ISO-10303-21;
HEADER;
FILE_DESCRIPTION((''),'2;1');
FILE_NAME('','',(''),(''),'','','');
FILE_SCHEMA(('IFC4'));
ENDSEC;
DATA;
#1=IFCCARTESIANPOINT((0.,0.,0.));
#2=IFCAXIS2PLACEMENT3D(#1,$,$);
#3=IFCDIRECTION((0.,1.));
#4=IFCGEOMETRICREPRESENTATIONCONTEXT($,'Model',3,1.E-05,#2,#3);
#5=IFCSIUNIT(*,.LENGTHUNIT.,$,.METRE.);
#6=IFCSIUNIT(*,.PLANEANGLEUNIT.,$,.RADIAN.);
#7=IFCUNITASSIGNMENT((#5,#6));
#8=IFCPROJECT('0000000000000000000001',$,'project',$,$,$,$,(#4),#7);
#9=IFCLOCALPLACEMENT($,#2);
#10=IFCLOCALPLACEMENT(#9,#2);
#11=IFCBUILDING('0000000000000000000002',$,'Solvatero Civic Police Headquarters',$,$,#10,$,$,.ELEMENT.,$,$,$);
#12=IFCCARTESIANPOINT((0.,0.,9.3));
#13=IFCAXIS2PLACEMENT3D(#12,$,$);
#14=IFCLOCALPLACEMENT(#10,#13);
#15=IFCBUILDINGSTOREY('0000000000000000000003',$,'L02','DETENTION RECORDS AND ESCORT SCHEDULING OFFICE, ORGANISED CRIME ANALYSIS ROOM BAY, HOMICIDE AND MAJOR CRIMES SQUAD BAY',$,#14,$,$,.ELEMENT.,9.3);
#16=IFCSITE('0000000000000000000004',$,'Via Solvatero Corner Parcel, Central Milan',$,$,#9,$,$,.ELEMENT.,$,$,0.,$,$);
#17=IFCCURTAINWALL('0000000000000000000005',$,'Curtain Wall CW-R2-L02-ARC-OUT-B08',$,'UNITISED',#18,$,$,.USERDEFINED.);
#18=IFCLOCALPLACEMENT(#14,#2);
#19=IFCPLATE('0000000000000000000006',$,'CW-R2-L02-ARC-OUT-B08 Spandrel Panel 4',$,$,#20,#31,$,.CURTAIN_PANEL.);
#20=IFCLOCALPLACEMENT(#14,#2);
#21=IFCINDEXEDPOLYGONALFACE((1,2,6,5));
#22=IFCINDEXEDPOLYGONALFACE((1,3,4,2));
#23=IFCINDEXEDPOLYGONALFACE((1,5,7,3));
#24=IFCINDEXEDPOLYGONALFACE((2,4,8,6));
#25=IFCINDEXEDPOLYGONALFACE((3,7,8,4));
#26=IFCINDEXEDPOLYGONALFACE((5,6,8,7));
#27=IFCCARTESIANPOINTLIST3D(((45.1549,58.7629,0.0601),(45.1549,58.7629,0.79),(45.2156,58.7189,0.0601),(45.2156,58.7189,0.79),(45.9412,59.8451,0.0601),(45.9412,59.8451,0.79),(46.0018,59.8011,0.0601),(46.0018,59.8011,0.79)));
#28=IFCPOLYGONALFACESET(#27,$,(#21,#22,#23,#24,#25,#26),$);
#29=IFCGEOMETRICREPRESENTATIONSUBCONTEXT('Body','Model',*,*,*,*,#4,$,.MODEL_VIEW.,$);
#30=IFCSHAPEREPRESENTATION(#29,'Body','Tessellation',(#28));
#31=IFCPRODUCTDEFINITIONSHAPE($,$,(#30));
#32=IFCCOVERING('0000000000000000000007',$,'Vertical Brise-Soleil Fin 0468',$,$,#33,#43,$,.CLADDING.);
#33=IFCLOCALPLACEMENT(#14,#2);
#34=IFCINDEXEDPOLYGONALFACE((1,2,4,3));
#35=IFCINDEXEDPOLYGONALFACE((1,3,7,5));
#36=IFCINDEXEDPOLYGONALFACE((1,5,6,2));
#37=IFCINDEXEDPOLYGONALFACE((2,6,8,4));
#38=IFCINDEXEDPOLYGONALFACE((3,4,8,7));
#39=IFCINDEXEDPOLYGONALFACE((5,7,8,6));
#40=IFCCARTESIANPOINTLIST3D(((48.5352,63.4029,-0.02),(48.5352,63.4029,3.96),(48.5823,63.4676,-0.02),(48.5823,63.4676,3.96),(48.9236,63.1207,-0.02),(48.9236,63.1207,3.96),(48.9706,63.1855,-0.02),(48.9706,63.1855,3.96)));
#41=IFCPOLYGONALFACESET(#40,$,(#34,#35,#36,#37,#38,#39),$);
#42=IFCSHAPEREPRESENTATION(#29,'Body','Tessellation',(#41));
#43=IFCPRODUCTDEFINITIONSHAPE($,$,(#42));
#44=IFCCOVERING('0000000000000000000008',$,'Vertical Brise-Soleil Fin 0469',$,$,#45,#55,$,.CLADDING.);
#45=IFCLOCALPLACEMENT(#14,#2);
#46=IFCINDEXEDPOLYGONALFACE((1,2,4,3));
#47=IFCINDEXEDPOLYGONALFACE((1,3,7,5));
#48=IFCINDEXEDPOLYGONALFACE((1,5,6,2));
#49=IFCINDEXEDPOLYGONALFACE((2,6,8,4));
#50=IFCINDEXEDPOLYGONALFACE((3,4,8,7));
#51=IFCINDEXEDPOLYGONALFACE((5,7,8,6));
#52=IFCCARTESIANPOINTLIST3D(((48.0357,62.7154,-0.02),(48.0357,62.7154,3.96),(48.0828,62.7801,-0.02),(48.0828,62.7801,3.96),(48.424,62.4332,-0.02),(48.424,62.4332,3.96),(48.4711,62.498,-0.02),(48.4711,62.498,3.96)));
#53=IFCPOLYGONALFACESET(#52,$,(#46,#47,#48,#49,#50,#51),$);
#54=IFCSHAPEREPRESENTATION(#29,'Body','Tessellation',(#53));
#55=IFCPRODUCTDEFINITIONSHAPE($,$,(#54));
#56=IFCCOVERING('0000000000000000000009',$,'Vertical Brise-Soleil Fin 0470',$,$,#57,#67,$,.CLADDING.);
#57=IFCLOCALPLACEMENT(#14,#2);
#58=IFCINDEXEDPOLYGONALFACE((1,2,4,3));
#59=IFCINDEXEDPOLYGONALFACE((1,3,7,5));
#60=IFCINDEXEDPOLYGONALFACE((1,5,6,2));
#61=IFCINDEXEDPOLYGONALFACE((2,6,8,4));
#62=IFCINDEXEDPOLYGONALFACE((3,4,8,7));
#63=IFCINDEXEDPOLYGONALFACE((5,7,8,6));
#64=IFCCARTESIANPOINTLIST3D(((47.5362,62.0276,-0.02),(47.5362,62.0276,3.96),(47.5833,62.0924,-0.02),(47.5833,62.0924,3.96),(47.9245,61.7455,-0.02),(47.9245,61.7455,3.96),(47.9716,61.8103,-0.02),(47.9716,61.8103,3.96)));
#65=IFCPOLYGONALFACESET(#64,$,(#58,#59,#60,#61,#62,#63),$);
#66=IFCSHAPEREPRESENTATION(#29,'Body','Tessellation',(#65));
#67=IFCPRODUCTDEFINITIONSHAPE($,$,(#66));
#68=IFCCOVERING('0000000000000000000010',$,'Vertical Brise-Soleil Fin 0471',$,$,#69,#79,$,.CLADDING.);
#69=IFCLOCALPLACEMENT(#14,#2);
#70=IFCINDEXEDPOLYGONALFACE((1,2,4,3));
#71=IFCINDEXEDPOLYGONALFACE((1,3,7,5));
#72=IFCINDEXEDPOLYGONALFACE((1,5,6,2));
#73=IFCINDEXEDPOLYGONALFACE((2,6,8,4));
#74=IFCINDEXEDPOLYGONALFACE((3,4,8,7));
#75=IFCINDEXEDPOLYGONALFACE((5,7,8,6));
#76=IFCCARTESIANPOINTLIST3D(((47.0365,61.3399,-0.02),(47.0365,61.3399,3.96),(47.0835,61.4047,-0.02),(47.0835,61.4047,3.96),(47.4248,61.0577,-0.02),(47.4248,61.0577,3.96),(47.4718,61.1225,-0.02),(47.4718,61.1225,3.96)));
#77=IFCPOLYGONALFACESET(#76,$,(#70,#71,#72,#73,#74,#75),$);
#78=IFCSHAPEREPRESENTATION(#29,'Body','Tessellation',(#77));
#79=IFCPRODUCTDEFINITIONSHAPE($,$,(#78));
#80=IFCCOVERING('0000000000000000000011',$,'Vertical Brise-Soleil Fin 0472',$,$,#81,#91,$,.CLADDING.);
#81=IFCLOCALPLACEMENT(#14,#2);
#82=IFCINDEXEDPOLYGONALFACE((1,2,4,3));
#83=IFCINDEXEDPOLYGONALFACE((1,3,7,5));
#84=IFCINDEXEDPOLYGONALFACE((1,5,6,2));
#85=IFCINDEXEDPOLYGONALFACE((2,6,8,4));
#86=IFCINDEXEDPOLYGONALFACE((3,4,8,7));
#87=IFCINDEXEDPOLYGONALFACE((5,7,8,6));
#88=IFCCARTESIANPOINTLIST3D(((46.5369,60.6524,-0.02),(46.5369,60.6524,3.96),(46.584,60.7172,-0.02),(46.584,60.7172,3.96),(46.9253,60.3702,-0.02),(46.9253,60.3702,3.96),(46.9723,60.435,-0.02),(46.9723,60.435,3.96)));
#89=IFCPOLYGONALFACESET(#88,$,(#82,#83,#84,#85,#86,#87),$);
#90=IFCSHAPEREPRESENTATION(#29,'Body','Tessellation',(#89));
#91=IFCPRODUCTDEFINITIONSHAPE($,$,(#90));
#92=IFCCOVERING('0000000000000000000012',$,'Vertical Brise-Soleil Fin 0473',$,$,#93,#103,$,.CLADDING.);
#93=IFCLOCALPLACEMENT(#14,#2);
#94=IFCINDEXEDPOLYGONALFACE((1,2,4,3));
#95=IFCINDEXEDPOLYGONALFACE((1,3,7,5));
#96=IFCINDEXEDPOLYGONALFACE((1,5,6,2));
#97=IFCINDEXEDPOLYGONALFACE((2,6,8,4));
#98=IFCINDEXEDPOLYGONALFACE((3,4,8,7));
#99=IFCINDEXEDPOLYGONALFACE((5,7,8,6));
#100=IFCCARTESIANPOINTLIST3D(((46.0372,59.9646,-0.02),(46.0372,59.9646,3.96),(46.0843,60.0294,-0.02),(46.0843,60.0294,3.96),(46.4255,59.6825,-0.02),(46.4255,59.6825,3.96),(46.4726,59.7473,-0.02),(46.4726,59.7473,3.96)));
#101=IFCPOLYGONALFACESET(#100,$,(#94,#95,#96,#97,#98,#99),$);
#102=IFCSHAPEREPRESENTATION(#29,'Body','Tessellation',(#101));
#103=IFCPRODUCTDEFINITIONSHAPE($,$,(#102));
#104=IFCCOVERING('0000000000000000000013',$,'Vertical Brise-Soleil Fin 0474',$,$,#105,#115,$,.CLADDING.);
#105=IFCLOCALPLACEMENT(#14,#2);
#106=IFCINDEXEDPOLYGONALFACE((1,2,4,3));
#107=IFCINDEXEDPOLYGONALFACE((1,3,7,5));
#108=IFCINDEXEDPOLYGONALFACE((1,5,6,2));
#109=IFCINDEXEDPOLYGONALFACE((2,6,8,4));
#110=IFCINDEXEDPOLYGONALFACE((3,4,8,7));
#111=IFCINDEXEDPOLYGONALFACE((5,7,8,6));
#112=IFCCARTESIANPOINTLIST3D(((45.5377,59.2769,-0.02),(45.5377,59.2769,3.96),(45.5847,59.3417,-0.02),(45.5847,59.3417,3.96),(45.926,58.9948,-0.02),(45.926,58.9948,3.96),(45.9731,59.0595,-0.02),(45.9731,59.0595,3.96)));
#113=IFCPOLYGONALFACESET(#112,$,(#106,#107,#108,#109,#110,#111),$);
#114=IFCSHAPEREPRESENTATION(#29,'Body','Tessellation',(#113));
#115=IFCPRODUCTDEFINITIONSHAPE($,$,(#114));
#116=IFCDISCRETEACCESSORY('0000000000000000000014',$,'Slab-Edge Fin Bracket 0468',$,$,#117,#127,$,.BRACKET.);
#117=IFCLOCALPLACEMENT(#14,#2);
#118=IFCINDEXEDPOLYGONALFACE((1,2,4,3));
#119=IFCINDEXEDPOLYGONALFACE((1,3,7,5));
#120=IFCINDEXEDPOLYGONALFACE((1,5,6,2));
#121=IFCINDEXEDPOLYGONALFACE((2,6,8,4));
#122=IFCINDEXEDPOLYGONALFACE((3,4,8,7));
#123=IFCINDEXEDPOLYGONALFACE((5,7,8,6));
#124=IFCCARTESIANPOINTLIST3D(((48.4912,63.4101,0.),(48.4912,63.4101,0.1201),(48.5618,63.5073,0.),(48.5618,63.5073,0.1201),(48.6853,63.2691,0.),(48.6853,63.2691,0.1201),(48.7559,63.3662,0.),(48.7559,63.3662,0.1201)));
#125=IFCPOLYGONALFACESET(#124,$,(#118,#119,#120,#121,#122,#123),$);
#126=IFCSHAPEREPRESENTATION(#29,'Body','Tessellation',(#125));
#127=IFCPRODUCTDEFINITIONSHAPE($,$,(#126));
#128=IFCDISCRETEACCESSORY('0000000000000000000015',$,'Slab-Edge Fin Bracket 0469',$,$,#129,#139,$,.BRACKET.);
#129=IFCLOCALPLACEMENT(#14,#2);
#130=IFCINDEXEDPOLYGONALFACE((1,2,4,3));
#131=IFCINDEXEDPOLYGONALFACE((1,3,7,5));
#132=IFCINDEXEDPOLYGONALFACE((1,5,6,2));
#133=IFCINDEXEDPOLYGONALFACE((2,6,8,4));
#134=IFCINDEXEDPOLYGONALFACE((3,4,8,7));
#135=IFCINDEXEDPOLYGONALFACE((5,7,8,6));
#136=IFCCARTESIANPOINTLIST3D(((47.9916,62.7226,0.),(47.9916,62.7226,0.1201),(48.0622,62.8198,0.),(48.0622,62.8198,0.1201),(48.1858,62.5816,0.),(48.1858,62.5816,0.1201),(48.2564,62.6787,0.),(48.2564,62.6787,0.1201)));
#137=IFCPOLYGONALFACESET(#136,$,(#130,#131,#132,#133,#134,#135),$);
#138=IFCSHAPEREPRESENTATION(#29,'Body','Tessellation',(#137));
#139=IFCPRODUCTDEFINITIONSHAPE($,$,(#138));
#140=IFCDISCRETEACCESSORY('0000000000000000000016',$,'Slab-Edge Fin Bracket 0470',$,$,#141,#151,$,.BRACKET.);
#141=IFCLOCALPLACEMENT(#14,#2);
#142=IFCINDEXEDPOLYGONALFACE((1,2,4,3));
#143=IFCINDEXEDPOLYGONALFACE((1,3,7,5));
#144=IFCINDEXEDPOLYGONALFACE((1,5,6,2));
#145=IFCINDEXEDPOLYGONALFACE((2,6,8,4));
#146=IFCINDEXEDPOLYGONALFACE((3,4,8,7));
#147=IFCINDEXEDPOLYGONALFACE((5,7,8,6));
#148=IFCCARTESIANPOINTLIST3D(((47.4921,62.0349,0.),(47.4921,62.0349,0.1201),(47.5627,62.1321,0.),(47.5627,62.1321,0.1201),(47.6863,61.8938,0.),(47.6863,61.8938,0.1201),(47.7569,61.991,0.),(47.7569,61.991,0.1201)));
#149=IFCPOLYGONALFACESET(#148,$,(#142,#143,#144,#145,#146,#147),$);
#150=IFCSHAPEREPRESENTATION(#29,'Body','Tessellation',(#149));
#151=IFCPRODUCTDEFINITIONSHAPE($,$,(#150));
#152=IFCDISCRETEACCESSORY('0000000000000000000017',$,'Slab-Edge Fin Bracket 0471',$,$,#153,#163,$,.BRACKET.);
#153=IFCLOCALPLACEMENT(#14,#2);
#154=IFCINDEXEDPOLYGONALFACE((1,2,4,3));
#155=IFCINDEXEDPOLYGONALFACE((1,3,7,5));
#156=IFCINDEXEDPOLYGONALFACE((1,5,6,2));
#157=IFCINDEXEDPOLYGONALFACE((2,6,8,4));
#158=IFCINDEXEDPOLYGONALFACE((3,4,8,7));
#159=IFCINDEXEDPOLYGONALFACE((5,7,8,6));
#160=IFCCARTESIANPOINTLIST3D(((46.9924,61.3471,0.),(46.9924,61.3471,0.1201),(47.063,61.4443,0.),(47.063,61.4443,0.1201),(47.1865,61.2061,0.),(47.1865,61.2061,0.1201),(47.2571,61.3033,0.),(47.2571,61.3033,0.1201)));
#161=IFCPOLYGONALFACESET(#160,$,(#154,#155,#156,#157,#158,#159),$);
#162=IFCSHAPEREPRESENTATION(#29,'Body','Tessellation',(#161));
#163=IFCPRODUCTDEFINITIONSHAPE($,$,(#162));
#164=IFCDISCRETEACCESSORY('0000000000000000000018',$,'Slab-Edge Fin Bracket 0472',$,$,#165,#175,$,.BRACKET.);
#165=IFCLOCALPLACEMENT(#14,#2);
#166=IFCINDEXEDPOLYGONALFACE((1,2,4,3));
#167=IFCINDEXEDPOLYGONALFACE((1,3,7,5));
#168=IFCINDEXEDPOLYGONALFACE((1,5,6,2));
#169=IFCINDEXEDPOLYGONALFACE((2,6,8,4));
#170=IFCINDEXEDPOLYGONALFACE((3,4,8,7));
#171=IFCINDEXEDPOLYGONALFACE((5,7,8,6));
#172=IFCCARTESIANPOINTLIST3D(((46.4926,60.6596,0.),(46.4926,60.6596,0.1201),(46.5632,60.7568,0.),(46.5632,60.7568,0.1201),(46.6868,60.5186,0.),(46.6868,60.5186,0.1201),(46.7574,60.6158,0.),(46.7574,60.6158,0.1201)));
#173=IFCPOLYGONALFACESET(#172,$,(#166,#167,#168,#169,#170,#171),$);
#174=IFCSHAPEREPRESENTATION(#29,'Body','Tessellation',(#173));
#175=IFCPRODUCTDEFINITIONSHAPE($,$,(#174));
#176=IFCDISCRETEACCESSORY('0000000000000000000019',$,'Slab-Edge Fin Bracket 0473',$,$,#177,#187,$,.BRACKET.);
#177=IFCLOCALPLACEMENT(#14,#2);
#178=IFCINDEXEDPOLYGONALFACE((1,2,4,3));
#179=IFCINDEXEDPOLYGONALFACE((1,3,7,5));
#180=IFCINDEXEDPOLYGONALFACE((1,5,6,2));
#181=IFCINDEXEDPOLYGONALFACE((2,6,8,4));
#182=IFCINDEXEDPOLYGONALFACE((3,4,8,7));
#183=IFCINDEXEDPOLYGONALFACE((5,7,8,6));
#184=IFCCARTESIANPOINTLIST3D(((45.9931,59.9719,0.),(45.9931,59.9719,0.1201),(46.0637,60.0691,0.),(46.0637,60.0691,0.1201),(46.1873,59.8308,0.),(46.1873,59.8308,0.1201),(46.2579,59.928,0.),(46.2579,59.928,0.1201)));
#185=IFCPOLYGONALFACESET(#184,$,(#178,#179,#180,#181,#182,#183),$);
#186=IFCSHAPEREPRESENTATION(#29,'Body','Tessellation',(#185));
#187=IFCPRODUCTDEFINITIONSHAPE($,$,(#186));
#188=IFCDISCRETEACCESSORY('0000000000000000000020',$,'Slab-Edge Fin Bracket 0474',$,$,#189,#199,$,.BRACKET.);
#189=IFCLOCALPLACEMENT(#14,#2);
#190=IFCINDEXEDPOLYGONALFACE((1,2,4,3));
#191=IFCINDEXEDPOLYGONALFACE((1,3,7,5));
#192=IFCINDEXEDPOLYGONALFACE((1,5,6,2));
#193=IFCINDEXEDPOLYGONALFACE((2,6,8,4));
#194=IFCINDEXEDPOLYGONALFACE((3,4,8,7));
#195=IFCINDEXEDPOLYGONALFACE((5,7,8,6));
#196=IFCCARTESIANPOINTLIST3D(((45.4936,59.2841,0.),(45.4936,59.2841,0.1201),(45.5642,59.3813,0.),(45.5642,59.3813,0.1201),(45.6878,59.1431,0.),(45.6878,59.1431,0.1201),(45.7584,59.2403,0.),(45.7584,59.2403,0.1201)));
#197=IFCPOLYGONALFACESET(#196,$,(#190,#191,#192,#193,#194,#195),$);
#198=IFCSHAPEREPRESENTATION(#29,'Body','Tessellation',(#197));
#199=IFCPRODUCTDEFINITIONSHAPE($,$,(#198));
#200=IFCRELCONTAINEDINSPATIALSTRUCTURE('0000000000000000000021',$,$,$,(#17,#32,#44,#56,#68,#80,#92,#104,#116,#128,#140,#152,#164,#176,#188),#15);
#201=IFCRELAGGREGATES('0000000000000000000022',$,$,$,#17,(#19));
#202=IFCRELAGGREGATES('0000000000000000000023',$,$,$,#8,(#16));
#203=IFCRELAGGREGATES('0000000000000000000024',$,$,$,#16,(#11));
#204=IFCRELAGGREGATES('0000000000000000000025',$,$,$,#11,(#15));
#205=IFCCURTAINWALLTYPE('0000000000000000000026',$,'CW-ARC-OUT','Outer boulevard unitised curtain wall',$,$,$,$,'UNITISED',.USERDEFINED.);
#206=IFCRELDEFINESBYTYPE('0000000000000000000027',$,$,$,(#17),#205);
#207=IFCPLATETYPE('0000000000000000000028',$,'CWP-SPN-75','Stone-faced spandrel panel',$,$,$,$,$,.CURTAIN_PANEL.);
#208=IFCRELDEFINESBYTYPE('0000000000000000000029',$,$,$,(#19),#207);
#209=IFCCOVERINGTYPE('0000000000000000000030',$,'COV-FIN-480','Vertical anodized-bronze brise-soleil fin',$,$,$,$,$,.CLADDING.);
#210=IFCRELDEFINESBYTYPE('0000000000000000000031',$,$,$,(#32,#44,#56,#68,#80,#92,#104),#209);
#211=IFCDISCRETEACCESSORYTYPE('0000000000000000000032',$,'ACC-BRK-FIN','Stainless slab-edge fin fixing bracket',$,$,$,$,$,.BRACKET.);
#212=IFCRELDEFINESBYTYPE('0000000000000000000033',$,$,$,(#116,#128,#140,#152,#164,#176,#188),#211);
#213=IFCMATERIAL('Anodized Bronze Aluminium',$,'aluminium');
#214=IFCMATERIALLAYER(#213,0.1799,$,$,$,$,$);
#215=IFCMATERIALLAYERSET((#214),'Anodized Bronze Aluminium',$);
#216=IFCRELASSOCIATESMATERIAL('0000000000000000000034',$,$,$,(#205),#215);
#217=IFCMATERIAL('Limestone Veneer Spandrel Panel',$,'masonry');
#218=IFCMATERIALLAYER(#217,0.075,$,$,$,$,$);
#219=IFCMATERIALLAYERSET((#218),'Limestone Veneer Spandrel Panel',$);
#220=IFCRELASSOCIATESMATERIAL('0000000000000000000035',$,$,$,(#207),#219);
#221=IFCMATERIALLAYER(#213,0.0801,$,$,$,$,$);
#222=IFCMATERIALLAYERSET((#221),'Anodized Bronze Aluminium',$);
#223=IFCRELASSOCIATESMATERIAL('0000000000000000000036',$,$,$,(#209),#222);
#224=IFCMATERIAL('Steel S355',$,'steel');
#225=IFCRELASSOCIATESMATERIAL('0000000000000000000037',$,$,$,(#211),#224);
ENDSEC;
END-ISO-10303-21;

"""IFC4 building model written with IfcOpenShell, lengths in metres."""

from ifc_helpers import new_model, si_unit, direction, frame, origin, origin_2d, place, context, subcontext, project, spatial, rectangle, extrude, material, layer, layer_set, type_object, element, aggregate, save


model = new_model("IFC4")

# Units and contexts
model_context = context("Model", 3, precision=1e-05, world=origin(), true_north=direction((0.0, 1.0)))
body_context = subcontext(model_context, "Body", "Model", "MODEL_VIEW")
ifc_project = project(units=[si_unit("LENGTHUNIT", "METRE"), si_unit("PLANEANGLEUNIT", "RADIAN")], contexts=[model_context])

# Site, building, storey
site_placement = place(None, origin())
site = spatial("IfcSite", under=ifc_project, at=site_placement, Name="Via Solvatero Corner Parcel, Central Milan", CompositionType="ELEMENT", RefElevation=0.0)
building_placement = place(site_placement, origin())
building = spatial("IfcBuilding", under=site, at=building_placement, Name="Solvatero Civic Police Headquarters", CompositionType="ELEMENT")
storey_placement = place(building_placement, frame((0.0, 0.0, 9.3)))
storey = spatial("IfcBuildingStorey", under=building, at=storey_placement, Name="L02", Description="DETENTION RECORDS AND ESCORT SCHEDULING OFFICE, ORGANISED CRIME ANALYSIS ROOM BAY, HOMICIDE AND MAJOR CRIMES SQUAD BAY", CompositionType="ELEMENT", Elevation=9.3)

# Shared definitions
ifc_material_1 = material(Name="Steel S355", Category="steel")

# Curtain wall, plate
ifc_material_2 = material(Name="Anodized Bronze Aluminium", Category="aluminium")
ifc_layer_1 = layer(ifc_material_2, 0.1799)
ifc_layer_set_1 = layer_set([ifc_layer_1], Name="Anodized Bronze Aluminium")
curtain_wall_type = type_object("IfcCurtainWallType", Name="CW-ARC-OUT", Description="Outer boulevard unitised curtain wall", ElementType="UNITISED", PredefinedType="USERDEFINED", material=ifc_layer_set_1)
curtain_wall_placement = place(storey_placement, origin())
curtain_wall = element("IfcCurtainWall", 1, at=curtain_wall_placement, inside=storey, type_object=curtain_wall_type, Name="Curtain Wall CW-R2-L02-ARC-OUT-B08", ObjectType="UNITISED", PredefinedType="USERDEFINED")
ifc_material_3 = material(Name="Limestone Veneer Spandrel Panel", Category="masonry")
ifc_layer_2 = layer(ifc_material_3, 0.075)
ifc_layer_set_2 = layer_set([ifc_layer_2], Name="Limestone Veneer Spandrel Panel")
plate_type_1 = type_object("IfcPlateType", Name="CWP-SPN-75", Description="Stone-faced spandrel panel", PredefinedType="CURTAIN_PANEL", material=ifc_layer_set_2)
plate_1_placement = place(storey_placement, frame((45.5784, 59.282, 0.0601), z_axis=(0.0, 0.0, 1.0), x_axis=(-0.587771, -0.809027, 0.0)))
plate_1 = element("IfcPlate", 2, at=plate_1_placement, type_object=plate_type_1, Name="CW-R2-L02-ARC-OUT-B08 Spandrel Panel 4", PredefinedType="CURTAIN_PANEL", context=body_context, shape_type="SweptSolid", body=[
    extrude(rectangle(XDim=1.3376, YDim=0.075, at=origin_2d()), origin(), (0.0, 0.0, 1.0), 0.73),
])
aggregate(curtain_wall, [plate_1])

# Coverings
ifc_layer_3 = layer(ifc_material_2, 0.0801)
ifc_layer_set_3 = layer_set([ifc_layer_3], Name="Anodized Bronze Aluminium")
covering_type = type_object("IfcCoveringType", Name="COV-FIN-480", Description="Vertical anodized-bronze brise-soleil fin", PredefinedType="CLADDING", material=ifc_layer_set_3)
for number, where, z_axis, x_axis, name in (
    (3, (48.7529, 63.2942, -0.02), (0.0, 0.0, 1.0), (-0.587771, -0.809027, 0.0), "Vertical Brise-Soleil Fin 0468"),
    (4, (48.2534, 62.6067, -0.02), (0.0, 0.0, 1.0), (-0.587771, -0.809027, 0.0), "Vertical Brise-Soleil Fin 0469"),
    (5, (47.7539, 61.9189, -0.02), (0.0, 0.0, 1.0), (-0.587771, -0.809027, 0.0), "Vertical Brise-Soleil Fin 0470"),
    (6, (47.2542, 61.2312, -0.02), (0.0, 0.0, 1.0), (-0.587771, -0.809027, 0.0), "Vertical Brise-Soleil Fin 0471"),
    (7, (46.7546, 60.5437, -0.02), (0.0, 0.0, 1.0), (-0.587771, -0.809027, 0.0), "Vertical Brise-Soleil Fin 0472"),
    (8, (46.2549, 59.856, -0.02), (0.0, 0.0, 1.0), (-0.587771, -0.809027, 0.0), "Vertical Brise-Soleil Fin 0473"),
    (9, (45.7554, 59.1682, -0.02), (0.0, 0.0, 1.0), (-0.587771, -0.809027, 0.0), "Vertical Brise-Soleil Fin 0474"),
):
    element("IfcCovering", number, at=place(storey_placement, frame(where, z_axis=z_axis, x_axis=x_axis)), inside=storey, type_object=covering_type, Name=name, PredefinedType="CLADDING", context=body_context, shape_type="SweptSolid", body=[
        extrude(rectangle(XDim=0.0801, YDim=0.48, at=origin_2d()), origin(), (0.0, 0.0, 1.0), 3.98),
    ])

# Discrete accessories
discrete_accessory_type = type_object("IfcDiscreteAccessoryType", Name="ACC-BRK-FIN", Description="Stainless slab-edge fin fixing bracket", PredefinedType="BRACKET", material=ifc_material_1)
for number, where, z_axis, x_axis, name in (
    (10, (48.6235, 63.3882, 0.0), (0.0, 0.0, 1.0), (-0.587771, -0.809027, 0.0), "Slab-Edge Fin Bracket 0468"),
    (11, (48.124, 62.7007, 0.0), (0.0, 0.0, 1.0), (-0.587771, -0.809027, 0.0), "Slab-Edge Fin Bracket 0469"),
    (12, (47.6245, 62.0129, 0.0), (0.0, 0.0, 1.0), (-0.587771, -0.809027, 0.0), "Slab-Edge Fin Bracket 0470"),
    (13, (47.1248, 61.3252, 0.0), (0.0, 0.0, 1.0), (-0.587771, -0.809027, 0.0), "Slab-Edge Fin Bracket 0471"),
    (14, (46.625, 60.6377, 0.0), (0.0, 0.0, 1.0), (-0.587771, -0.809027, 0.0), "Slab-Edge Fin Bracket 0472"),
    (15, (46.1255, 59.95, 0.0), (0.0, 0.0, 1.0), (-0.587771, -0.809027, 0.0), "Slab-Edge Fin Bracket 0473"),
    (16, (45.626, 59.2622, 0.0), (0.0, 0.0, 1.0), (-0.587771, -0.809027, 0.0), "Slab-Edge Fin Bracket 0474"),
):
    element("IfcDiscreteAccessory", number, at=place(storey_placement, frame(where, z_axis=z_axis, x_axis=x_axis)), inside=storey, type_object=discrete_accessory_type, Name=name, PredefinedType="BRACKET", context=body_context, shape_type="SweptSolid", body=[
        extrude(rectangle(XDim=0.1201, YDim=0.24, at=origin_2d()), origin(), (0.0, 0.0, 1.0), 0.1201),
    ])

save(model, "model.ifc")
